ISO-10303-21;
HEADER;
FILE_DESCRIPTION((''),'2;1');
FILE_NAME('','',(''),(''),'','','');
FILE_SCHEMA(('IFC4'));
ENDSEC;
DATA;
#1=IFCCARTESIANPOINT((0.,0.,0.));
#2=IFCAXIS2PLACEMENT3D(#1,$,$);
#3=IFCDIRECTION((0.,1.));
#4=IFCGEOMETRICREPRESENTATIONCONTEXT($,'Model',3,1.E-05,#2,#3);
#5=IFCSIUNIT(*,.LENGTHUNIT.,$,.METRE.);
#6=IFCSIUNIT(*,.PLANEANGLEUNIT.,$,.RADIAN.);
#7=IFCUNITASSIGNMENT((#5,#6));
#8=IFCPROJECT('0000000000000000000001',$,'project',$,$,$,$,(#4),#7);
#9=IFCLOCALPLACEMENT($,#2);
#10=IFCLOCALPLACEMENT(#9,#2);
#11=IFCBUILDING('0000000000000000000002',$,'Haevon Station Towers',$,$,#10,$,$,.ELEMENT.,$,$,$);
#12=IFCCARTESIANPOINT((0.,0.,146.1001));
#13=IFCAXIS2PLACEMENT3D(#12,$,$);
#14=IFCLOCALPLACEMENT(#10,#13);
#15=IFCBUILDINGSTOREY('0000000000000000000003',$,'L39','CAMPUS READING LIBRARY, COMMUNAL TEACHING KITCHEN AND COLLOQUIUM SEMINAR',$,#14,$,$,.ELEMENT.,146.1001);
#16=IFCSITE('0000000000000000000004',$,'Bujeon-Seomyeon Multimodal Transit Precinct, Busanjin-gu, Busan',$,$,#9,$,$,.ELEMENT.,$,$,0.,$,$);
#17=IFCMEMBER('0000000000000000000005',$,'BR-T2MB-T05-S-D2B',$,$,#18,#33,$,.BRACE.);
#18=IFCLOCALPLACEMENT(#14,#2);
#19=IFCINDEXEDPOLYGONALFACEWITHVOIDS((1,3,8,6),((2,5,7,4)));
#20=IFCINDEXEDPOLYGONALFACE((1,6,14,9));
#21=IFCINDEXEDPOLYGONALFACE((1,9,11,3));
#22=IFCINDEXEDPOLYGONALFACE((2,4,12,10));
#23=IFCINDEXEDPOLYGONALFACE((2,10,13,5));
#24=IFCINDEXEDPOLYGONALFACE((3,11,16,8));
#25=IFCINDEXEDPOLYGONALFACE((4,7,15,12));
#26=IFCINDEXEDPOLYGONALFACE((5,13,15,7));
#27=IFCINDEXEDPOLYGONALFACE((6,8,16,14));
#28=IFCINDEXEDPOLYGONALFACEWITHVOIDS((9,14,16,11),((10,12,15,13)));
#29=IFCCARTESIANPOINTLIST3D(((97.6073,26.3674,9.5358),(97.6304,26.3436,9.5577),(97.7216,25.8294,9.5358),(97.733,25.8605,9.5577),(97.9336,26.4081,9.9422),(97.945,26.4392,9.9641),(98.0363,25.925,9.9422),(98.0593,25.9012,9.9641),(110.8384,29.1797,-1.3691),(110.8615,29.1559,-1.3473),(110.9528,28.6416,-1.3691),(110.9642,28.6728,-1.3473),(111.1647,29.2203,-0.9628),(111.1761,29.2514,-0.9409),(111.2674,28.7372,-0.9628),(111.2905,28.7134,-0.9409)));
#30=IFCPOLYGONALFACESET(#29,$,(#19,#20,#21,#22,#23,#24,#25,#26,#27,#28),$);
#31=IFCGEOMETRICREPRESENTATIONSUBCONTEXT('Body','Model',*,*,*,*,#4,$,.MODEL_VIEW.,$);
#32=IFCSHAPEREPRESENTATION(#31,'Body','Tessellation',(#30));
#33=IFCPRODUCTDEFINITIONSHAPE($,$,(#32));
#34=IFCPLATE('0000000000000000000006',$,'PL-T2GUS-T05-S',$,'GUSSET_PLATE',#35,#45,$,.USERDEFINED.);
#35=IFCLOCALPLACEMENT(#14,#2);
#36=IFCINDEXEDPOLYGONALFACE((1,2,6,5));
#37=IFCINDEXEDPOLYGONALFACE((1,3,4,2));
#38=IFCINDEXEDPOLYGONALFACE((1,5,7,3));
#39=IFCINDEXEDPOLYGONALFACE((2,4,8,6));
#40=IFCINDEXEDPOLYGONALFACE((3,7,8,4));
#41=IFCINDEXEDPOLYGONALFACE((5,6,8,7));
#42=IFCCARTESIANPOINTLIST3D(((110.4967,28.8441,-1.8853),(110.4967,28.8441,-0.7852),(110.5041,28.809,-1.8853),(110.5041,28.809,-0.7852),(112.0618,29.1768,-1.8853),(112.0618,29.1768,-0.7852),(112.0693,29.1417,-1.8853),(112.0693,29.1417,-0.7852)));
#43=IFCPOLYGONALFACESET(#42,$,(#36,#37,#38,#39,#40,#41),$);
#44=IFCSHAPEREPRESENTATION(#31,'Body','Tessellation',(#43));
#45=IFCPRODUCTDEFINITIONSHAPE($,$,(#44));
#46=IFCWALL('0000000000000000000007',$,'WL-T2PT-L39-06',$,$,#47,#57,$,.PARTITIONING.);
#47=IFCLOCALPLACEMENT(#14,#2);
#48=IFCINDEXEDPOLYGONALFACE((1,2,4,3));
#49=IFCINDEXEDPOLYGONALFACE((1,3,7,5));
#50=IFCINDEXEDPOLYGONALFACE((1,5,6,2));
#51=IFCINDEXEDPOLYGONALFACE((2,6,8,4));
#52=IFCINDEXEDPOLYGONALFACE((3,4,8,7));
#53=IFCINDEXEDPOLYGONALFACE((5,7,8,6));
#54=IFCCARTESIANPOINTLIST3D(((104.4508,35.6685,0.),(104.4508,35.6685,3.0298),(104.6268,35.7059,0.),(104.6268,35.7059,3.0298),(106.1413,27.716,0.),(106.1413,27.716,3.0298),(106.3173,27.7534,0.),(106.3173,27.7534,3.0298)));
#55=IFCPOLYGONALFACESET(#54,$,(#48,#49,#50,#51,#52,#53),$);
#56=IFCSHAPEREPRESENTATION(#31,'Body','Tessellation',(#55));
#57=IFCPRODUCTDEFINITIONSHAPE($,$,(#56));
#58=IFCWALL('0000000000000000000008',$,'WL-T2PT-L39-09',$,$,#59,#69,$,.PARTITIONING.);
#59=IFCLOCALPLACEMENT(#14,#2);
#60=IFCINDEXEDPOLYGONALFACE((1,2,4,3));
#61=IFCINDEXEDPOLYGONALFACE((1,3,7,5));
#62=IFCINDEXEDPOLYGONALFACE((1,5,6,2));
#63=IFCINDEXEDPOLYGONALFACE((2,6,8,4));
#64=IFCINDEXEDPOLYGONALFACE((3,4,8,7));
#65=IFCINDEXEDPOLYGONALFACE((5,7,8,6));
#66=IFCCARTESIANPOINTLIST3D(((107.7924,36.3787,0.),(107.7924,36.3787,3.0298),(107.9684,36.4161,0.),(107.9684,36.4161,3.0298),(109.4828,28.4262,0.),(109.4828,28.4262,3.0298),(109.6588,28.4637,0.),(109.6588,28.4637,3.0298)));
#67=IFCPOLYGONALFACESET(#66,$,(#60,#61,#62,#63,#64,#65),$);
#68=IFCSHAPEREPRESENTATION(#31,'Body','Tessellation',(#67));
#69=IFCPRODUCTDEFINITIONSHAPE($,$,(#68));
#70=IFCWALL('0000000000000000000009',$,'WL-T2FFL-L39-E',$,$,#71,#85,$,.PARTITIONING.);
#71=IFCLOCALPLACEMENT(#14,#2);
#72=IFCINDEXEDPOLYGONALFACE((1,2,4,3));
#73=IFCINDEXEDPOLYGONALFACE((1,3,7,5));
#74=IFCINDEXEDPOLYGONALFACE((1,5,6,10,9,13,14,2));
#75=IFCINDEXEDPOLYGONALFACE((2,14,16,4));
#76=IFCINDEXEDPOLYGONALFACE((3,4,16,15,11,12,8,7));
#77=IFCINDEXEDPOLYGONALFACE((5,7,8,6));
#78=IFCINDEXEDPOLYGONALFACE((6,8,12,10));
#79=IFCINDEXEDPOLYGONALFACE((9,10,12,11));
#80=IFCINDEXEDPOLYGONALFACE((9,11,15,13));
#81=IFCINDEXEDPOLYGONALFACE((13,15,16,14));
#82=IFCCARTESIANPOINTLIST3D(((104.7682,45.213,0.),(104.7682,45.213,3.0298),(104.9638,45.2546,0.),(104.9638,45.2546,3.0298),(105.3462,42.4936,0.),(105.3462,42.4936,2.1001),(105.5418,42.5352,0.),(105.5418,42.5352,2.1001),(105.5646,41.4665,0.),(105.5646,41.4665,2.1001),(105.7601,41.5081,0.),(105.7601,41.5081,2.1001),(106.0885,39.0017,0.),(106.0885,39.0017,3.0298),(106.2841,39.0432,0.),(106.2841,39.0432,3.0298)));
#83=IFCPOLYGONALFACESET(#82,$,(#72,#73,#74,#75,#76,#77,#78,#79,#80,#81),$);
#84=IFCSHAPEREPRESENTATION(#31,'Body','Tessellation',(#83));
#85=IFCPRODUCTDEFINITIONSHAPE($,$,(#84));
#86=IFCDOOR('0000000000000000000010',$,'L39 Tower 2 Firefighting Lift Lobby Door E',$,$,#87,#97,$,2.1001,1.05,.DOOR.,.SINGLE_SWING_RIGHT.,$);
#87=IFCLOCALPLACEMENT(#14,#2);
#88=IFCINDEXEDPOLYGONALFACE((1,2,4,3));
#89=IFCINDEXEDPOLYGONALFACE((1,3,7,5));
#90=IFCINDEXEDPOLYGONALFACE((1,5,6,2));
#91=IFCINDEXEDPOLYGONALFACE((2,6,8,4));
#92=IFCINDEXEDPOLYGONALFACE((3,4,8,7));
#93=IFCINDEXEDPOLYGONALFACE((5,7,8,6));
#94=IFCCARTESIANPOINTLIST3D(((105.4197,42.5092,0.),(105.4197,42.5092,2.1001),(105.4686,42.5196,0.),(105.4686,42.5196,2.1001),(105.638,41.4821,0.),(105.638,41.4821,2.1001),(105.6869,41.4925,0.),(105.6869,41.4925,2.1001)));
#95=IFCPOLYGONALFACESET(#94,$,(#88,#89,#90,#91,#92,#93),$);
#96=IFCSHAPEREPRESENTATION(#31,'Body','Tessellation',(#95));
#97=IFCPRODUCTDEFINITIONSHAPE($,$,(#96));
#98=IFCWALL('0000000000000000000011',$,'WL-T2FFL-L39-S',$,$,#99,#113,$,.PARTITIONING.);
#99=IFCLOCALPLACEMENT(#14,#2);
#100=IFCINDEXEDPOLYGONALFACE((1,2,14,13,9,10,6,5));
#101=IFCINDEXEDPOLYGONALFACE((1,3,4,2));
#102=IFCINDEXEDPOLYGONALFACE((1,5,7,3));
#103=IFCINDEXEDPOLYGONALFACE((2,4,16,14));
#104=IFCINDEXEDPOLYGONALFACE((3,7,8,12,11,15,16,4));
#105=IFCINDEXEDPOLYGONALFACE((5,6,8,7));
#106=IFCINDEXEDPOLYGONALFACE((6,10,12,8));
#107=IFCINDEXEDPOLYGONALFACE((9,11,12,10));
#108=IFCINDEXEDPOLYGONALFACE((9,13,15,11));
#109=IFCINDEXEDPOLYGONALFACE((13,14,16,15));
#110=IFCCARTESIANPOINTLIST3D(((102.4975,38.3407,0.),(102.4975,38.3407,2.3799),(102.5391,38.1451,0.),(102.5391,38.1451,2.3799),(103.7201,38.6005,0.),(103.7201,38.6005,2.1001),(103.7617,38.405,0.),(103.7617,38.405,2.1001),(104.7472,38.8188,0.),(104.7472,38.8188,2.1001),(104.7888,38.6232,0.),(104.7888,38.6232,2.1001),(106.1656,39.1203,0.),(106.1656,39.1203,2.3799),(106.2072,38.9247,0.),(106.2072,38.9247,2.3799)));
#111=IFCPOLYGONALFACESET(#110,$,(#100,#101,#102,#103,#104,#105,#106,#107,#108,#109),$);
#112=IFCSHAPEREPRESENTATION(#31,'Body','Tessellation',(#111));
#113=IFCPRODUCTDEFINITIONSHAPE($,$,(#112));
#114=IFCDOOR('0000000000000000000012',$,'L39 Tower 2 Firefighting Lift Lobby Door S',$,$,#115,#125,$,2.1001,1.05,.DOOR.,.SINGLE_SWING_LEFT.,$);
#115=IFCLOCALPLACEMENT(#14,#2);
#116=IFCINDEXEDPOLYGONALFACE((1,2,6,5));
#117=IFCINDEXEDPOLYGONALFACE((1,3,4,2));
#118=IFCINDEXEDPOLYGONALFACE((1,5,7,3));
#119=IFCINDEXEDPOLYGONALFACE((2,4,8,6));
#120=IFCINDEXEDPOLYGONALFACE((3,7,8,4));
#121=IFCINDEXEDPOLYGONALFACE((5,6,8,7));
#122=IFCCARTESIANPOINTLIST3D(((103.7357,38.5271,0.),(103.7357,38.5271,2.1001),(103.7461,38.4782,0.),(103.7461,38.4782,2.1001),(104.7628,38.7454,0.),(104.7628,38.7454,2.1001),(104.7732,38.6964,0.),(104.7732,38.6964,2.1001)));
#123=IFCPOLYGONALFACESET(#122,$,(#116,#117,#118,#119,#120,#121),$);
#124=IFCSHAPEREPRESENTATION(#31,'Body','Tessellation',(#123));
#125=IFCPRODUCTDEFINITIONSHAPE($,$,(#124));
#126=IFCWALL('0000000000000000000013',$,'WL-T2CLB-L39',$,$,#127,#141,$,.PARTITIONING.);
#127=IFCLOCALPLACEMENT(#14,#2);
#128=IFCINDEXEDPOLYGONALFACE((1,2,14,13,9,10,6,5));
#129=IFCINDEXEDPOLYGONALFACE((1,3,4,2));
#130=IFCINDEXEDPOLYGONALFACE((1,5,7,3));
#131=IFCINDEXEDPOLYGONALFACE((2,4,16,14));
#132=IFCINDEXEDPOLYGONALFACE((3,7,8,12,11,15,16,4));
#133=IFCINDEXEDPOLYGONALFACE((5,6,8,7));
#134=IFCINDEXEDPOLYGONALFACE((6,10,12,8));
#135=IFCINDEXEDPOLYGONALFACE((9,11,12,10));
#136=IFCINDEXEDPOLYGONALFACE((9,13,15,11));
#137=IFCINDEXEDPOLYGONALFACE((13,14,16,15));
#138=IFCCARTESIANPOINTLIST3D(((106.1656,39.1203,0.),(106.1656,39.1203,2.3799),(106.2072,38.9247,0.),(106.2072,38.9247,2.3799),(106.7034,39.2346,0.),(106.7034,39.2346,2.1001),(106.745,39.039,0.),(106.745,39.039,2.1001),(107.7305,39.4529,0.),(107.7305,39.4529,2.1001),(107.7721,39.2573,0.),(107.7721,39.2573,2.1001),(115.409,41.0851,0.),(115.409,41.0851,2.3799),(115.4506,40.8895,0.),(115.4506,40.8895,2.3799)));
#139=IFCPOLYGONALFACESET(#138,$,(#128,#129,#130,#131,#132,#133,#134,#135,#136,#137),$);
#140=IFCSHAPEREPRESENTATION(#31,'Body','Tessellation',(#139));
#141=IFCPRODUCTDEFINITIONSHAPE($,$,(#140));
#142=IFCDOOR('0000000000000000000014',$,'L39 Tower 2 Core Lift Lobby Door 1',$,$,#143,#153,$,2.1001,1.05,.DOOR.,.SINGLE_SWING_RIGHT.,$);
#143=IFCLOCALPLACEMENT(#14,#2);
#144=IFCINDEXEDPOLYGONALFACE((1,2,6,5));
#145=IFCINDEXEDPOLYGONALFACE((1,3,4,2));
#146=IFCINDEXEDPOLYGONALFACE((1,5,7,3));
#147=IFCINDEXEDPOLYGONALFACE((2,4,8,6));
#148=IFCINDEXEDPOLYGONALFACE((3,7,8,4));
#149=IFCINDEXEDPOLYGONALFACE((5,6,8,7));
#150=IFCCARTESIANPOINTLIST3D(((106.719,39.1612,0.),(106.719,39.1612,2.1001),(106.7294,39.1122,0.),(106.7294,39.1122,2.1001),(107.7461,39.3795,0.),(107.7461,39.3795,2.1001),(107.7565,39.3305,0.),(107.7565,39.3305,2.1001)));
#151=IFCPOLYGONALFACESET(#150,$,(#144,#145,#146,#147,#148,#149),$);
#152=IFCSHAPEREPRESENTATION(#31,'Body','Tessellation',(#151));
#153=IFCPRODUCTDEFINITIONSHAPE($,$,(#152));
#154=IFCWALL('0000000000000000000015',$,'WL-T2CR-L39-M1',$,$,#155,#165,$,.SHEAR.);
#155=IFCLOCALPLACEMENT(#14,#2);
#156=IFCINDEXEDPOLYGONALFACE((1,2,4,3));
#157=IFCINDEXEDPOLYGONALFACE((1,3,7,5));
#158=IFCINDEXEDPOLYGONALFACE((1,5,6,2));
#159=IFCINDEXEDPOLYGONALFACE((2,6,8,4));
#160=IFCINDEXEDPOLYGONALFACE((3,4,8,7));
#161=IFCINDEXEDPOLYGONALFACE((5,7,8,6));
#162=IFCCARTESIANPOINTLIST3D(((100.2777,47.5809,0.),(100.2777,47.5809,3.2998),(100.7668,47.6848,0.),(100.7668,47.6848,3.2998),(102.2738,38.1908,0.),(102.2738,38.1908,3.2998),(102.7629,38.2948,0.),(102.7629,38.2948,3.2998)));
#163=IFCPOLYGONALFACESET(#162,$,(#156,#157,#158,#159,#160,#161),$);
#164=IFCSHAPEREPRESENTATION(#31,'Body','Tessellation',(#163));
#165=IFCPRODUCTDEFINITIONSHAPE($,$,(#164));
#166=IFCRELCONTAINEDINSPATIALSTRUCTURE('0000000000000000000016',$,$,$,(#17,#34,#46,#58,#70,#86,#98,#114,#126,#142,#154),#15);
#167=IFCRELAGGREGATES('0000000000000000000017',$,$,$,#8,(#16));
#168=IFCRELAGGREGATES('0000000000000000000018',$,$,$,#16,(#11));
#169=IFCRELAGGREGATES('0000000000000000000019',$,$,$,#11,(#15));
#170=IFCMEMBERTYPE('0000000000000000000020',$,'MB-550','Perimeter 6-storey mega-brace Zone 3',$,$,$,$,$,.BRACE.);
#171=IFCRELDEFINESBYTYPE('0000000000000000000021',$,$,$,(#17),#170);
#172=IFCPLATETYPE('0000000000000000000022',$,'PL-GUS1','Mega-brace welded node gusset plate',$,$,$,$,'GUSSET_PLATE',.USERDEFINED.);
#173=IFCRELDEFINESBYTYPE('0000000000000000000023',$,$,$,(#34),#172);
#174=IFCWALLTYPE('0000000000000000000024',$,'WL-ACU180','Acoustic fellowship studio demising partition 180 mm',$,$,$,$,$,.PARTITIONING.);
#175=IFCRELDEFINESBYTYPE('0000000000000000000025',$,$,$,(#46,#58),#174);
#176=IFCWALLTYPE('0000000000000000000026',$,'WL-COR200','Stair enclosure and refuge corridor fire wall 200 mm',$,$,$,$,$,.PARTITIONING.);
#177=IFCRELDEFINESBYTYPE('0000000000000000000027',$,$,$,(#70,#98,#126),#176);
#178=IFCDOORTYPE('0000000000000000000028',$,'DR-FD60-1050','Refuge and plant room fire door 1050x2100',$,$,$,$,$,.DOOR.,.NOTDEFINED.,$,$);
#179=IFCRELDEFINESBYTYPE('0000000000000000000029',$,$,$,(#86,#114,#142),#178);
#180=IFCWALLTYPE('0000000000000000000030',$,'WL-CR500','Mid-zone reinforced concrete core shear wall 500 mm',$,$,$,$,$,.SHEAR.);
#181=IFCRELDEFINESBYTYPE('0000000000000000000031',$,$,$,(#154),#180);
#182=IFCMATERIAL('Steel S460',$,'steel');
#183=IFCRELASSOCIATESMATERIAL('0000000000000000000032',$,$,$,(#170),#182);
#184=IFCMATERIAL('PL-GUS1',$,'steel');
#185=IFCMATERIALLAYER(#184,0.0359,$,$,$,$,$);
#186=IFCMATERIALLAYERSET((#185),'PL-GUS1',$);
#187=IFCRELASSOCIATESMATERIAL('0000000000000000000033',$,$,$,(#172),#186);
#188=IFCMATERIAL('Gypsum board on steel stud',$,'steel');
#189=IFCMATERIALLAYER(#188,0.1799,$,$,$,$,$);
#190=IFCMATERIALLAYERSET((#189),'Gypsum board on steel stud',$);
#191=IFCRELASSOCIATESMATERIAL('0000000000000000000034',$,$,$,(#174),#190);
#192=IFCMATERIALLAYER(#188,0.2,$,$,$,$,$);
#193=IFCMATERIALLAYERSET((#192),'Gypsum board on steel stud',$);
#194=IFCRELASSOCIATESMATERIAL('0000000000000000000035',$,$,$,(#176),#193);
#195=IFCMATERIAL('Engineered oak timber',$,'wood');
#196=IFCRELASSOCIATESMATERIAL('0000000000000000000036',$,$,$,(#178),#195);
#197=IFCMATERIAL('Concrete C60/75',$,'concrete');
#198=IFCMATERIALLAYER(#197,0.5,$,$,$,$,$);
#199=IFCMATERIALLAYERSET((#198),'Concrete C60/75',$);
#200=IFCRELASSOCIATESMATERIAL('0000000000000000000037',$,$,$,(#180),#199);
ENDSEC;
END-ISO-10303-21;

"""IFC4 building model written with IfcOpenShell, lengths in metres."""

from ifc_helpers import new_model, si_unit, direction, frame, frame_2d, origin, origin_2d, place, context, subcontext, project, spatial, rectangle, hollow_rectangle, extrude, material, layer, layer_set, material_profile, profile_set, type_object, element, fill, save


model = new_model("IFC4")

# Units and contexts
model_context = context("Model", 3, precision=1e-05, world=origin(), true_north=direction((0.0, 1.0)))
body_context = subcontext(model_context, "Body", "Model", "MODEL_VIEW")
ifc_project = project(units=[si_unit("LENGTHUNIT", "METRE"), si_unit("PLANEANGLEUNIT", "RADIAN")], contexts=[model_context])

# Site, building, storey
site_placement = place(None, origin())
site = spatial("IfcSite", under=ifc_project, at=site_placement, Name="Bujeon-Seomyeon Multimodal Transit Precinct, Busanjin-gu, Busan", CompositionType="ELEMENT", RefElevation=0.0)
building_placement = place(site_placement, origin())
building = spatial("IfcBuilding", under=site, at=building_placement, Name="Haevon Station Towers", CompositionType="ELEMENT")
storey_placement = place(building_placement, frame((0.0, 0.0, 146.1001)))
storey = spatial("IfcBuildingStorey", under=building, at=storey_placement, Name="L39", Description="CAMPUS READING LIBRARY, COMMUNAL TEACHING KITCHEN AND COLLOQUIUM SEMINAR", CompositionType="ELEMENT", Elevation=146.1001)

# Member
ifc_material_1 = material(Name="Steel S460", Category="steel")
ifc_material_profile_1 = material_profile(ifc_material_1, hollow_rectangle(XDim=0.55, YDim=0.55, WallThickness=0.0281, at=origin_2d()), Name="RHS-550x550x28")
ifc_profile_set_1 = profile_set([ifc_material_profile_1], Name="Steel S460")
member_type = type_object("IfcMemberType", Name="MB-550", Description="Perimeter 6-storey mega-brace Zone 3", PredefinedType="BRACE", material=ifc_profile_set_1)
member_placement = place(storey_placement, frame((111.0645, 28.9465, -1.155), z_axis=(-0.761505, -0.161856, 0.627625), x_axis=(0.207903, -0.978149, 0.0)))
element("IfcMember", 1, at=member_placement, inside=storey, type_object=member_type, Name="BR-T2MB-T05-S-D2B", PredefinedType="BRACE", context=body_context, shape_type="SweptSolid", body=[
    extrude(hollow_rectangle(XDim=0.55, YDim=0.55, WallThickness=0.0281, at=origin_2d()), origin(), (0.0, 0.0, 1.0), 17.375),
])

# Plate
ifc_material_2 = material(Name="PL-GUS1", Category="steel")
ifc_layer_1 = layer(ifc_material_2, 0.0359)
ifc_layer_set_1 = layer_set([ifc_layer_1], Name="PL-GUS1")
plate_type = type_object("IfcPlateType", Name="PL-GUS1", Description="Mega-brace welded node gusset plate", ElementType="GUSSET_PLATE", PredefinedType="USERDEFINED", material=ifc_layer_set_1)
plate_placement = place(storey_placement, frame((111.283, 28.9929, -1.8853), z_axis=(0.0, 0.0, 1.0), x_axis=(0.978148, 0.207912, 0.0)))
element("IfcPlate", 2, at=plate_placement, inside=storey, type_object=plate_type, Name="PL-T2GUS-T05-S", ObjectType="GUSSET_PLATE", PredefinedType="USERDEFINED", context=body_context, shape_type="SweptSolid", body=[
    extrude(rectangle(XDim=1.6001, YDim=0.0359, at=origin_2d()), origin(), (0.0, 0.0, 1.0), 1.1001),
])

# Walls
ifc_material_3 = material(Name="Gypsum board on steel stud", Category="steel")
ifc_layer_2 = layer(ifc_material_3, 0.1799)
ifc_layer_set_2 = layer_set([ifc_layer_2], Name="Gypsum board on steel stud")
wall_type_1 = type_object("IfcWallType", Name="WL-ACU180", Description="Acoustic fellowship studio demising partition 180 mm", PredefinedType="PARTITIONING", material=ifc_layer_set_2)
for number, where, z_axis, x_axis, name in (
    (3, (106.2292, 27.7349, 0.0), (0.0, 0.0, 1.0), (-0.207923, 0.978145, 0.0), "WL-T2PT-L39-06"),
    (4, (109.5708, 28.4451, 0.0), (0.0, 0.0, 1.0), (-0.207923, 0.978145, 0.0), "WL-T2PT-L39-09"),
):
    element("IfcWall", number, at=place(storey_placement, frame(where, z_axis=z_axis, x_axis=x_axis)), inside=storey, type_object=wall_type_1, Name=name, PredefinedType="PARTITIONING", context=body_context, shape_type="SweptSolid", body=[
        extrude(rectangle(XDim=8.1301, YDim=0.1799, at=frame_2d((4.0649, 0.0))), origin(), (0.0, 0.0, 1.0), 3.0298),
    ])

# Walls, openings, doors
ifc_layer_3 = layer(ifc_material_3, 0.2)
ifc_layer_set_3 = layer_set([ifc_layer_3], Name="Gypsum board on steel stud")
wall_type_2 = type_object("IfcWallType", Name="WL-COR200", Description="Stair enclosure and refuge corridor fire wall 200 mm", PredefinedType="PARTITIONING", material=ifc_layer_set_3)
wall_1_placement = place(storey_placement, frame((106.1863, 39.0225, 0.0), z_axis=(0.0, 0.0, 1.0), x_axis=(-0.207917, 0.978147, 0.0)))
wall_1 = element("IfcWall", 5, at=wall_1_placement, inside=storey, type_object=wall_type_2, Name="WL-T2FFL-L39-E", PredefinedType="PARTITIONING", context=body_context, shape_type="SweptSolid", body=[
    extrude(rectangle(XDim=6.3501, YDim=0.2, at=frame_2d((3.175, 0.0))), origin(), (0.0, 0.0, 1.0), 3.0298),
])
opening_1_placement = place(wall_1_placement, frame((2.52, 0.0, 0.0)))
opening_1 = element("IfcOpeningElement", 6, at=opening_1_placement, cuts=wall_1, PredefinedType="OPENING", context=body_context, shape_type="SweptSolid", body=[
    extrude(rectangle(XDim=1.05, YDim=2.1001, at=frame_2d((0.5249, 1.05))), frame((0.0, 0.1099, 0.0), z_axis=(0.0, -1.0, 0.0), x_axis=(1.0, 0.0, 0.0)), (0.0, 0.0, 1.0), 0.22),
])
ifc_material_4 = material(Name="Engineered oak timber", Category="wood")
door_type = type_object("IfcDoorType", Name="DR-FD60-1050", Description="Refuge and plant room fire door 1050x2100", OperationType="NOTDEFINED", PredefinedType="DOOR", material=ifc_material_4)
door_1_placement = place(opening_1_placement, origin())
door_1 = element("IfcDoor", 7, at=door_1_placement, inside=storey, type_object=door_type, Name="L39 Tower 2 Firefighting Lift Lobby Door E", OperationType="SINGLE_SWING_RIGHT", OverallHeight=2.1001, OverallWidth=1.05, PredefinedType="DOOR", context=body_context, shape_type="SweptSolid", body=[
    extrude(rectangle(XDim=1.05, YDim=2.1001, at=frame_2d((0.5249, 1.05))), frame((0.0, 0.0249, 0.0), z_axis=(0.0, -1.0, 0.0), x_axis=(1.0, 0.0, 0.0)), (0.0, 0.0, 1.0), 0.05),
])
fill(opening_1, door_1)
wall_2_placement = place(storey_placement, frame((102.5183, 38.2429, 0.0), z_axis=(0.0, 0.0, 1.0), x_axis=(0.978154, 0.207884, 0.0)))
wall_2 = element("IfcWall", 8, at=wall_2_placement, inside=storey, type_object=wall_type_2, Name="WL-T2FFL-L39-S", PredefinedType="PARTITIONING", context=body_context, shape_type="SweptSolid", body=[
    extrude(rectangle(XDim=3.75, YDim=0.2, at=frame_2d((1.875, 0.0))), origin(), (0.0, 0.0, 1.0), 2.3799),
])
opening_2_placement = place(wall_2_placement, frame((1.25, 0.0, 0.0)))
opening_2 = element("IfcOpeningElement", 9, at=opening_2_placement, cuts=wall_2, PredefinedType="OPENING", context=body_context, shape_type="SweptSolid", body=[
    extrude(rectangle(XDim=1.05, YDim=2.1001, at=frame_2d((0.5249, 1.05))), frame((0.0, 0.1099, 0.0), z_axis=(0.0, -1.0, 0.0), x_axis=(1.0, 0.0, 0.0)), (0.0, 0.0, 1.0), 0.22),
])
door_2_placement = place(opening_2_placement, origin())
door_2 = element("IfcDoor", 10, at=door_2_placement, inside=storey, type_object=door_type, Name="L39 Tower 2 Firefighting Lift Lobby Door S", OperationType="SINGLE_SWING_LEFT", OverallHeight=2.1001, OverallWidth=1.05, PredefinedType="DOOR", context=body_context, shape_type="SweptSolid", body=[
    extrude(rectangle(XDim=1.05, YDim=2.1001, at=frame_2d((0.5249, 1.05))), frame((0.0, 0.0249, 0.0), z_axis=(0.0, -1.0, 0.0), x_axis=(1.0, 0.0, 0.0)), (0.0, 0.0, 1.0), 0.05),
])
fill(opening_2, door_2)
wall_3_placement = place(storey_placement, frame((106.1863, 39.0225, 0.0), z_axis=(0.0, 0.0, 1.0), x_axis=(0.978146, 0.207921, 0.0)))
wall_3 = element("IfcWall", 11, at=wall_3_placement, inside=storey, type_object=wall_type_2, Name="WL-T2CLB-L39", PredefinedType="PARTITIONING", context=body_context, shape_type="SweptSolid", body=[
    extrude(rectangle(XDim=9.45, YDim=0.2, at=frame_2d((4.7251, 0.0))), origin(), (0.0, 0.0, 1.0), 2.3799),
])
opening_3_placement = place(wall_3_placement, frame((0.55, 0.0, 0.0)))
opening_3 = element("IfcOpeningElement", 12, at=opening_3_placement, cuts=wall_3, PredefinedType="OPENING", context=body_context, shape_type="SweptSolid", body=[
    extrude(rectangle(XDim=1.05, YDim=2.1001, at=frame_2d((0.5249, 1.05))), frame((0.0, 0.1099, 0.0), z_axis=(0.0, -1.0, 0.0), x_axis=(1.0, 0.0, 0.0)), (0.0, 0.0, 1.0), 0.22),
])
door_3_placement = place(opening_3_placement, origin())
door_3 = element("IfcDoor", 13, at=door_3_placement, inside=storey, type_object=door_type, Name="L39 Tower 2 Core Lift Lobby Door 1", OperationType="SINGLE_SWING_RIGHT", OverallHeight=2.1001, OverallWidth=1.05, PredefinedType="DOOR", context=body_context, shape_type="SweptSolid", body=[
    extrude(rectangle(XDim=1.05, YDim=2.1001, at=frame_2d((0.5249, 1.05))), frame((0.0, 0.0249, 0.0), z_axis=(0.0, -1.0, 0.0), x_axis=(1.0, 0.0, 0.0)), (0.0, 0.0, 1.0), 0.05),
])
fill(opening_3, door_3)

# Wall
ifc_material_5 = material(Name="Concrete C60/75", Category="concrete")
ifc_layer_4 = layer(ifc_material_5, 0.5)
ifc_layer_set_4 = layer_set([ifc_layer_4], Name="Concrete C60/75")
wall_type_3 = type_object("IfcWallType", Name="WL-CR500", Description="Mid-zone reinforced concrete core shear wall 500 mm", PredefinedType="SHEAR", material=ifc_layer_set_4)
wall_4_placement = place(storey_placement, frame((102.5183, 38.2429, 0.0), z_axis=(0.0, 0.0, 1.0), x_axis=(-0.207927, 0.978144, 0.0)))
element("IfcWall", 14, at=wall_4_placement, inside=storey, type_object=wall_type_3, Name="WL-T2CR-L39-M1", PredefinedType="SHEAR", context=body_context, shape_type="SweptSolid", body=[
    extrude(rectangle(XDim=9.5999, YDim=0.5, at=frame_2d((4.7998, 0.0))), origin(), (0.0, 0.0, 1.0), 3.2998),
])

save(model, "model.ifc")
